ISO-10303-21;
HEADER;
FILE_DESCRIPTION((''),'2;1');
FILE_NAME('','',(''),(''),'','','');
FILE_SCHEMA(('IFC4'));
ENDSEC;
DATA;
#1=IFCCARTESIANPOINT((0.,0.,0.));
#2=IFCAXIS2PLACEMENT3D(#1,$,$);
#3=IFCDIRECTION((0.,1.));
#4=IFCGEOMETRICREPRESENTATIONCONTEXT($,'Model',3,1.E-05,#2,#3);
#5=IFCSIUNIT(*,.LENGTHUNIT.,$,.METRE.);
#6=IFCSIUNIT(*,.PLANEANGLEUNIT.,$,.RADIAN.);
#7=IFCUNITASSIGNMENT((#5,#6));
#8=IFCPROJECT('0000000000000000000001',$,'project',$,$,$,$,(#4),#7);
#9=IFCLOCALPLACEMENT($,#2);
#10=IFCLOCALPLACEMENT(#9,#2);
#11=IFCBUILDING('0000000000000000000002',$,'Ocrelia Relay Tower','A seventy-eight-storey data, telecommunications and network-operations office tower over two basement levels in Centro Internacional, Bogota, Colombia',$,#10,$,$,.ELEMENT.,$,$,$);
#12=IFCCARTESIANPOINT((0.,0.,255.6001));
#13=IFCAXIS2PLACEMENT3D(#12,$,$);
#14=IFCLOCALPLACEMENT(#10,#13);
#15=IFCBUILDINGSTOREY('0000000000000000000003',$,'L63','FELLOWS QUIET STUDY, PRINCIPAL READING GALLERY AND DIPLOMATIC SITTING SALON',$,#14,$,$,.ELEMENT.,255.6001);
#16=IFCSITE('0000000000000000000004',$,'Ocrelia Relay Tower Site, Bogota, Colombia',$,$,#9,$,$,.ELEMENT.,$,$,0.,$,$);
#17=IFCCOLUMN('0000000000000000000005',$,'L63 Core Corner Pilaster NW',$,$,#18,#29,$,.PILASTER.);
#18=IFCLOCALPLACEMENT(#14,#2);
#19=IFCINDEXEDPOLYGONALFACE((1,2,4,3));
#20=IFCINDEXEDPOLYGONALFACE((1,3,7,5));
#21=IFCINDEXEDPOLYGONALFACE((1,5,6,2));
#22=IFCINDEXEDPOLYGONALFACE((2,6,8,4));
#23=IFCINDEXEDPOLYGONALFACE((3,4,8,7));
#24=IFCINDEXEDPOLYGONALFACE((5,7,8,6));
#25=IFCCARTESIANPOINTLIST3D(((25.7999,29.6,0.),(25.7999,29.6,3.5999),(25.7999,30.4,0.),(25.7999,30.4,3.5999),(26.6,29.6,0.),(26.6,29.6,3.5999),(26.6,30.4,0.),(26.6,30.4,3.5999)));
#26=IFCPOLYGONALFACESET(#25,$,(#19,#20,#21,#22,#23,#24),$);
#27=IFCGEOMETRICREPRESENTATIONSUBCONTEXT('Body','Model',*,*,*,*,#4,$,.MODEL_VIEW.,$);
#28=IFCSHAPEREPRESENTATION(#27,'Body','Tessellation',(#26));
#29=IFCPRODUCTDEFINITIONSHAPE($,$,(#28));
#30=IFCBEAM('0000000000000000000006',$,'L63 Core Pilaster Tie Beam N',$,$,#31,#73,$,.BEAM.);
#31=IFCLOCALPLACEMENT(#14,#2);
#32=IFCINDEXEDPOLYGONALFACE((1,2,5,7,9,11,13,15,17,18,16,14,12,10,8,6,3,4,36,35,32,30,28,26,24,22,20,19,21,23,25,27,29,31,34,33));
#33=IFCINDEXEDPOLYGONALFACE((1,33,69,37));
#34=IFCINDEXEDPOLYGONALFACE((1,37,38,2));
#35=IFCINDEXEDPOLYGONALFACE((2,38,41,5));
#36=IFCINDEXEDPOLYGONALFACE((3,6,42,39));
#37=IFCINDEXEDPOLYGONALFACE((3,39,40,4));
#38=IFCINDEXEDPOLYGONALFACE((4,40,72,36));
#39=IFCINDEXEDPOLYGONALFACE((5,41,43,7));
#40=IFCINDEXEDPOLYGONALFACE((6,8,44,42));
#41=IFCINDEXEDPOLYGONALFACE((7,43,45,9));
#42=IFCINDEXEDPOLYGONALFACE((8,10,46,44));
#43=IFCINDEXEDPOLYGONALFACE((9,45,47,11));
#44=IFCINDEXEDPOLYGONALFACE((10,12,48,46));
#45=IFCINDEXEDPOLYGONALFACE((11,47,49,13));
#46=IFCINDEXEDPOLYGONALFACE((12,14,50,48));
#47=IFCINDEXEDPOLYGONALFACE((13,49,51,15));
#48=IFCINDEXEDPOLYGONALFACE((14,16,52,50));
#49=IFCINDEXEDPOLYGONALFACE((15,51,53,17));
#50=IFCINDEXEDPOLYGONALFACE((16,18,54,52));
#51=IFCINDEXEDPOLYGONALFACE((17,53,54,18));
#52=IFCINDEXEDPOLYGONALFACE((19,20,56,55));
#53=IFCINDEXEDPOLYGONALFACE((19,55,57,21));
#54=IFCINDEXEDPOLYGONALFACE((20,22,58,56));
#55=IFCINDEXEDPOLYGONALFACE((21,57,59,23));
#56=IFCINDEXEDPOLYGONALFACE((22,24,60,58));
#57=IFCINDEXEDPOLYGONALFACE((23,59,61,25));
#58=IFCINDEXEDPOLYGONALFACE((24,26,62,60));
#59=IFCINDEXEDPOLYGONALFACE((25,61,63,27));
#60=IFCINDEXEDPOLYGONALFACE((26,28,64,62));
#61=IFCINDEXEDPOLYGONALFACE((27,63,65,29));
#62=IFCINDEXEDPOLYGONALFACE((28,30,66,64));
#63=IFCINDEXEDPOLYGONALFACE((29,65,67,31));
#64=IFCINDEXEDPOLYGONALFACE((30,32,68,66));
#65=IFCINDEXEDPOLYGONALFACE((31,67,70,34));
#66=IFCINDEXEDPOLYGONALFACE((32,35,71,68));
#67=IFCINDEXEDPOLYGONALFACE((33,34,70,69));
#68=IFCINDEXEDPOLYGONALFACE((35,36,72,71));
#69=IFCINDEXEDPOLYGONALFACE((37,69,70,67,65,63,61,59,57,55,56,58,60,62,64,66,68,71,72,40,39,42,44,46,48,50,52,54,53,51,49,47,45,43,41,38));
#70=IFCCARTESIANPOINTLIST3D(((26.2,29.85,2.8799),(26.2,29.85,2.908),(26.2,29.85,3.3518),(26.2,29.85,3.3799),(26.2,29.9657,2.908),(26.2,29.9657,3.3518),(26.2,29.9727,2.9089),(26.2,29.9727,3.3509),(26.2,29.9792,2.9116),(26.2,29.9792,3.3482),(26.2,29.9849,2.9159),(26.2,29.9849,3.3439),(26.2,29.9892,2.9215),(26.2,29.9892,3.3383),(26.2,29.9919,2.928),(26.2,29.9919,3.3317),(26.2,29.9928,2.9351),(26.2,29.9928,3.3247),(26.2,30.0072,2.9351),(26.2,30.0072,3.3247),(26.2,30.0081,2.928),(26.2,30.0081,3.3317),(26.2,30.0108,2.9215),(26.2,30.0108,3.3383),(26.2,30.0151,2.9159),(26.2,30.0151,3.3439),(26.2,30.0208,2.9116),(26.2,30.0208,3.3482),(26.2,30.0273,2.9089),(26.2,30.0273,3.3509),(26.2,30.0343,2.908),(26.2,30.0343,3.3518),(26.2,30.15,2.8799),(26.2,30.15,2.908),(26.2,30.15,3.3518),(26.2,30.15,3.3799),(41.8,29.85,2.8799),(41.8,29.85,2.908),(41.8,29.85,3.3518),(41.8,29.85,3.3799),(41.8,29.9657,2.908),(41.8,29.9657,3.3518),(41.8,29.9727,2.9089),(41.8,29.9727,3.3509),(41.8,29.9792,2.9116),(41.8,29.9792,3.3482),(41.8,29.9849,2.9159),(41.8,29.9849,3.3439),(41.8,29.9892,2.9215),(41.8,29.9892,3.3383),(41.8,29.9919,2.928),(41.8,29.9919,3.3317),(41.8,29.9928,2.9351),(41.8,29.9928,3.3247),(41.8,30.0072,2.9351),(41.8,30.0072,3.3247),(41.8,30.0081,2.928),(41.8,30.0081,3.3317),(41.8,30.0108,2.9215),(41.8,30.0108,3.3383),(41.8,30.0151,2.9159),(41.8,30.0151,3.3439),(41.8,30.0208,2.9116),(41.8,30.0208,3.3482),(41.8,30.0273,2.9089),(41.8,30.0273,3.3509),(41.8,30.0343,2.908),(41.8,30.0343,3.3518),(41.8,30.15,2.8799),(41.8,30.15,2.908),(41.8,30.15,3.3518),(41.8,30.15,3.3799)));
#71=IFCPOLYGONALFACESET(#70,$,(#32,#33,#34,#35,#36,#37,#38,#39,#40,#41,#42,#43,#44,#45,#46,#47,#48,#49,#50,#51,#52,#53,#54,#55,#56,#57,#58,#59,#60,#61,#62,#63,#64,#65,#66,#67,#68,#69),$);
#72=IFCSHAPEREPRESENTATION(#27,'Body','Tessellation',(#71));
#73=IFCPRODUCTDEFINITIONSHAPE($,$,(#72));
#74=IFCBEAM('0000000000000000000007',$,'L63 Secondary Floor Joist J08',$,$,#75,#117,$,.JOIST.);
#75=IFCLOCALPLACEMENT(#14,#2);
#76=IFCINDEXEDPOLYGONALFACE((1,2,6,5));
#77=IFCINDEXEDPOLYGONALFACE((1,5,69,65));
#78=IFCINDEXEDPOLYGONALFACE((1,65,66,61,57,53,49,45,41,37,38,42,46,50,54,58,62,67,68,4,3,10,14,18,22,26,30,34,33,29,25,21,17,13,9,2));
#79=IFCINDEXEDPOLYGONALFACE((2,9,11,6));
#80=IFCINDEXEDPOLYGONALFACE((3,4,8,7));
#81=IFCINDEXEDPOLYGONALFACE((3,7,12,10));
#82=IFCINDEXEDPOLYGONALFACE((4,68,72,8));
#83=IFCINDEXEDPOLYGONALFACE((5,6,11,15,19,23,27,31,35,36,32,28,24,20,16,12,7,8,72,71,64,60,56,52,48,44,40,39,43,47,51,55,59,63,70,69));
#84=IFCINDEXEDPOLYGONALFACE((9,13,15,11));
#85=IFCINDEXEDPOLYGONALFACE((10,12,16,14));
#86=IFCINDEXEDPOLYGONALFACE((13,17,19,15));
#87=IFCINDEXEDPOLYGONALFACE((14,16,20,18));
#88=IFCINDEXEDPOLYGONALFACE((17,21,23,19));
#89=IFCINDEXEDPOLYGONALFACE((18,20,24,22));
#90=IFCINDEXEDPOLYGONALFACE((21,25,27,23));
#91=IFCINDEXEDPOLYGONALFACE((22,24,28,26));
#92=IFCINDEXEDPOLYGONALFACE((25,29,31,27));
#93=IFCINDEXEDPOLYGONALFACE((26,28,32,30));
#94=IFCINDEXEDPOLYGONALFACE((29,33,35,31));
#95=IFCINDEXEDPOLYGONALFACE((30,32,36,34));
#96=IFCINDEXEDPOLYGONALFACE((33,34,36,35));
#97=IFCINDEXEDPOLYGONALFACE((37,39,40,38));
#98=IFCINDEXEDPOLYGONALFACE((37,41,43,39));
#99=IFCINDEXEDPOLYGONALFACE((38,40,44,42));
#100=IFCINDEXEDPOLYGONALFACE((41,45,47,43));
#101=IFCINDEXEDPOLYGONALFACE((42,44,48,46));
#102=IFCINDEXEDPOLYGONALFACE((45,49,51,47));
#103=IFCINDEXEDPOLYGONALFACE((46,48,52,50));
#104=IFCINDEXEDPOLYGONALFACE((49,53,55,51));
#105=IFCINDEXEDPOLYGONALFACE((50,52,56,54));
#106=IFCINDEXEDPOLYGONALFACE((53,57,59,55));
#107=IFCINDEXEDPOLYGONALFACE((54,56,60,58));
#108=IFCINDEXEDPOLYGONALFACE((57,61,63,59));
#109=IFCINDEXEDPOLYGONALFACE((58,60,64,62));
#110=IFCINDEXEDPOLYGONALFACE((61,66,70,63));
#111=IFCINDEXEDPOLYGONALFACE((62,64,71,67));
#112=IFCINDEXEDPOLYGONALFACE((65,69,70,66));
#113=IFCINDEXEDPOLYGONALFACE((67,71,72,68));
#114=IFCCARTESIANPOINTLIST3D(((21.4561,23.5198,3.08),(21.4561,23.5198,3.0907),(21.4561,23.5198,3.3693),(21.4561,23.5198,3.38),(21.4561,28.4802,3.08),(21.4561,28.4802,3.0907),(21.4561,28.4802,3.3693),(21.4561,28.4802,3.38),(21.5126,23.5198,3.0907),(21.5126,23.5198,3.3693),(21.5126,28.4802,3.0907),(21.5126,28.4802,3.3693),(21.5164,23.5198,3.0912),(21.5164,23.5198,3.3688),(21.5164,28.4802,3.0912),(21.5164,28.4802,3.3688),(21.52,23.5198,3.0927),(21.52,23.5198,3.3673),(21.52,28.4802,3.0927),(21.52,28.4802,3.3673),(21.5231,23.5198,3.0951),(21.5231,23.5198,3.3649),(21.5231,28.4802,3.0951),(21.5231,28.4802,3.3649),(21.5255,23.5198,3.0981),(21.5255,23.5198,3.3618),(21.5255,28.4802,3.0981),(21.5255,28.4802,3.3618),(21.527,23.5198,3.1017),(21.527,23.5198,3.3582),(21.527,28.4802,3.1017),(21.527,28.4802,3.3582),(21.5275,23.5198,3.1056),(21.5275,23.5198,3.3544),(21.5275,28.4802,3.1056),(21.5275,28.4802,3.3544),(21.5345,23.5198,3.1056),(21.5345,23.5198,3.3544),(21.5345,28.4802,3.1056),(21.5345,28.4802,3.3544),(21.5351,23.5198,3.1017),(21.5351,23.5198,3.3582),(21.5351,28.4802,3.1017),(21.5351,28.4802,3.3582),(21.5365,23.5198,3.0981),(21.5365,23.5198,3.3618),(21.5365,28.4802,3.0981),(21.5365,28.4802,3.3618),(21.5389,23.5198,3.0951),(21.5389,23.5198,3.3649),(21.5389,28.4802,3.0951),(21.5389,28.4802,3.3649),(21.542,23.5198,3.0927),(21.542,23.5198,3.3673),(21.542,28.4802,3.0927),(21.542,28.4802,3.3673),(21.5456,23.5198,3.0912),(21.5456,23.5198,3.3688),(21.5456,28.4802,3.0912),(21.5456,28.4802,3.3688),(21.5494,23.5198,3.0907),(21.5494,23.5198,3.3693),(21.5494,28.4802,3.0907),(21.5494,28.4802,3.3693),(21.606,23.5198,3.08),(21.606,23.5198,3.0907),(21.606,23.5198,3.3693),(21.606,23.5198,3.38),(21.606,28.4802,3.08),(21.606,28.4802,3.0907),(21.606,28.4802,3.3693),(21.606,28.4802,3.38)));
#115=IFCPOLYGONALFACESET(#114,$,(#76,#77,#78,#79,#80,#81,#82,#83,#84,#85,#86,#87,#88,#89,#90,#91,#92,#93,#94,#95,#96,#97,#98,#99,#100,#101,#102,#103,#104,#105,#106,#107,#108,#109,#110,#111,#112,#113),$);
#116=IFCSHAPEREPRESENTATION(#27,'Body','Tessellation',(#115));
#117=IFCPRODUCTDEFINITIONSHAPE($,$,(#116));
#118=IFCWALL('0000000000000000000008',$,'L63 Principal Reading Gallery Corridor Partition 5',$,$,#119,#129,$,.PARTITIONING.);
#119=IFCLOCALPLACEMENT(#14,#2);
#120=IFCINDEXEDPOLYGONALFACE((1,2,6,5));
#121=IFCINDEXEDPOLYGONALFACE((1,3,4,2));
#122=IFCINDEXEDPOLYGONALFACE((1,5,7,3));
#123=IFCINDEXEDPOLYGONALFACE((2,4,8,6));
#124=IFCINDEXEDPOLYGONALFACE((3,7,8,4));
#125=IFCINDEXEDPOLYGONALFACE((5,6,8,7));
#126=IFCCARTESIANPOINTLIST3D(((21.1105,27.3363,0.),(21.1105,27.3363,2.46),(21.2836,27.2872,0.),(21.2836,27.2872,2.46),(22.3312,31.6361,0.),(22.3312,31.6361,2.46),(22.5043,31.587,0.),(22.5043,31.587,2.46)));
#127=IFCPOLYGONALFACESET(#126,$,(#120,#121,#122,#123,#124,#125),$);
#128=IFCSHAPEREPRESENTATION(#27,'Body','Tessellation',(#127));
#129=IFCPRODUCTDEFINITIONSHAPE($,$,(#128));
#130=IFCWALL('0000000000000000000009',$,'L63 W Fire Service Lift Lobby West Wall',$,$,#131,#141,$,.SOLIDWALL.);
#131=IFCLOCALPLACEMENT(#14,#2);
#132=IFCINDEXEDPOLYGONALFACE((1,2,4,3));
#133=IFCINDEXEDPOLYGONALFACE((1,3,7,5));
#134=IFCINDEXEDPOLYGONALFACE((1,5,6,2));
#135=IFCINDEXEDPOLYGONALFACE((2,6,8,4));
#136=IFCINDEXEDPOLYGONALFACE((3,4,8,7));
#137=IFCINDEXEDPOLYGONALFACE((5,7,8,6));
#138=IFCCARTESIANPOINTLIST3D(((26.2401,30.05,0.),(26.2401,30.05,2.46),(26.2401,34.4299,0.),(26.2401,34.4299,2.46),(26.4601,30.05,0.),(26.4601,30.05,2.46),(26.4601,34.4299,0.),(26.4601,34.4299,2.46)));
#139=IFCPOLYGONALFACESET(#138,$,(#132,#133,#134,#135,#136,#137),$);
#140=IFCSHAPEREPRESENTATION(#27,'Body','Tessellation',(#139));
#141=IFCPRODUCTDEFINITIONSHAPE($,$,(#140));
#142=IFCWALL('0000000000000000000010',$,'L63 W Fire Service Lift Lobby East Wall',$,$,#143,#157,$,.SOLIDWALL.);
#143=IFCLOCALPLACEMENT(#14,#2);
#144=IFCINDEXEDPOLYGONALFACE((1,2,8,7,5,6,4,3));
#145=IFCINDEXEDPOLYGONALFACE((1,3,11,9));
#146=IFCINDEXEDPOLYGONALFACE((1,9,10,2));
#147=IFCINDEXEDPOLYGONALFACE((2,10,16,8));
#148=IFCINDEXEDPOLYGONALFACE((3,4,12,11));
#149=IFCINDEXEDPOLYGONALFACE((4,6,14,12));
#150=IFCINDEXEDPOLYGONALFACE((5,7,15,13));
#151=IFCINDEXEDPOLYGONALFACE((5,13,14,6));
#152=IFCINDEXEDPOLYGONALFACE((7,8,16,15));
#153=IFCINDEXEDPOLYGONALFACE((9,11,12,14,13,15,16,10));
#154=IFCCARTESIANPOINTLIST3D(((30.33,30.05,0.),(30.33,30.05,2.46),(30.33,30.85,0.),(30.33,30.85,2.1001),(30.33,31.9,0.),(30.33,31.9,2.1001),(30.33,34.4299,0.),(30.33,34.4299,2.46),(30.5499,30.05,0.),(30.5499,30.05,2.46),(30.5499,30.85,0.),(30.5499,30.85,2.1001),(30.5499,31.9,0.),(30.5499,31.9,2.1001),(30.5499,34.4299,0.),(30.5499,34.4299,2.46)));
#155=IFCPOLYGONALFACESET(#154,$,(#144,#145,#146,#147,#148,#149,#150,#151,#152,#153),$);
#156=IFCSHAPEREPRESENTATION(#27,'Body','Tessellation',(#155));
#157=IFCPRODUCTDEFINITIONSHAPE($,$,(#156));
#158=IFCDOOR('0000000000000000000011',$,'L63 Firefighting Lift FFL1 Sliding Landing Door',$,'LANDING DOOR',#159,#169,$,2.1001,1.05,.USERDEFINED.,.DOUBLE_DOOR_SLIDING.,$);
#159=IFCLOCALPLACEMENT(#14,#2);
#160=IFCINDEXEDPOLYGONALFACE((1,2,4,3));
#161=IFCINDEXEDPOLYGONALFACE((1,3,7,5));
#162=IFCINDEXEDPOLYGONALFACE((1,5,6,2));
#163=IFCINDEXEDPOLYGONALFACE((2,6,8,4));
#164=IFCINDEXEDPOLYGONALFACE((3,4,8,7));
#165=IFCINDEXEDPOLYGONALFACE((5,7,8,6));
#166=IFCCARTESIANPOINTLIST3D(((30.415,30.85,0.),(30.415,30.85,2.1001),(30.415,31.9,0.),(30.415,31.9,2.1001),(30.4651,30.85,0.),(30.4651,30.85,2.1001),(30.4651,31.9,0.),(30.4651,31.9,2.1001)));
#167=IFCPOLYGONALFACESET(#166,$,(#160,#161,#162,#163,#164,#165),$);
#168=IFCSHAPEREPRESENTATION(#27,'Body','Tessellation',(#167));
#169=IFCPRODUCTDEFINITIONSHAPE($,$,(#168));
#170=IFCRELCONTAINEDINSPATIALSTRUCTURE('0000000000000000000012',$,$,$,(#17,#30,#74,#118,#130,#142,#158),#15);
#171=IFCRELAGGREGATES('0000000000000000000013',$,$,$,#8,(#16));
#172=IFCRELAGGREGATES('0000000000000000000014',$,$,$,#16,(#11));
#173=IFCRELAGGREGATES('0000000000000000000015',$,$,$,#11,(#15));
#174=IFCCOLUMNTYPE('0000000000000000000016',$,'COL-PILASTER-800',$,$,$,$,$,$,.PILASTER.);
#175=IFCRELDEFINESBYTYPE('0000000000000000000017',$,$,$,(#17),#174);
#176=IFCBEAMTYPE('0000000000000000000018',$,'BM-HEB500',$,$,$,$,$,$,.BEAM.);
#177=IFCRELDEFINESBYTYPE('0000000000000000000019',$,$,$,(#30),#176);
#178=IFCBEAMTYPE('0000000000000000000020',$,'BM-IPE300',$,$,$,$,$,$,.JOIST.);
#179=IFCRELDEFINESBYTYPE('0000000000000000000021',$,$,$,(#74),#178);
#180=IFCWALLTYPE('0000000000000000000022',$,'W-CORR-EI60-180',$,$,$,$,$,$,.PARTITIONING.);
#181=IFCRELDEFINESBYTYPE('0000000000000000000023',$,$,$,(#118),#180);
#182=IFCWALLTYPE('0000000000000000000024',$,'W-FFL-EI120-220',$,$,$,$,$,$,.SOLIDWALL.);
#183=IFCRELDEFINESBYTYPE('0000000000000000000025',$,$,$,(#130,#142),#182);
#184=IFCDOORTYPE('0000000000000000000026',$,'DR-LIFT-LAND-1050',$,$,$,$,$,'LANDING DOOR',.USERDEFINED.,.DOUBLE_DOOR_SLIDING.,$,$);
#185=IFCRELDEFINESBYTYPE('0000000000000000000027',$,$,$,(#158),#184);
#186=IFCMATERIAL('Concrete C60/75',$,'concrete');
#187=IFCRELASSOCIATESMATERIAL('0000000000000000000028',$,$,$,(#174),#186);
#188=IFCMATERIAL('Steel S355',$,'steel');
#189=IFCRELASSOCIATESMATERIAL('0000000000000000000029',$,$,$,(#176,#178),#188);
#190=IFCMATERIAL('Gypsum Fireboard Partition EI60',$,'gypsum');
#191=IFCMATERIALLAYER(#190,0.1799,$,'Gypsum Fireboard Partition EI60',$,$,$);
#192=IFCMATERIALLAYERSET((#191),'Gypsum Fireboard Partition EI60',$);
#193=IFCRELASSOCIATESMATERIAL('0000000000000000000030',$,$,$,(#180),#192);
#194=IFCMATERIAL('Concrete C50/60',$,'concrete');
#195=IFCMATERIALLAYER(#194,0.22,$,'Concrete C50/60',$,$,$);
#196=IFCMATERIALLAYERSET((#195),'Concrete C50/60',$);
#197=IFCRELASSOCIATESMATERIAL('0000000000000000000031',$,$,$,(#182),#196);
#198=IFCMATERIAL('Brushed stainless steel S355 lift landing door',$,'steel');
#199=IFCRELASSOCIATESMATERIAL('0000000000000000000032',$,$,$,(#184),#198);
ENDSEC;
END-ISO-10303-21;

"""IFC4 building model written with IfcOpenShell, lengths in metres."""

from ifc_helpers import new_model, si_unit, direction, frame, frame_2d, origin, origin_2d, place, context, subcontext, project, spatial, rectangle, i_section, extrude, material, layer, layer_set, material_profile, profile_set, type_object, element, fill, save


model = new_model("IFC4")

# Units and contexts
model_context = context("Model", 3, precision=1e-05, world=origin(), true_north=direction((0.0, 1.0)))
body_context = subcontext(model_context, "Body", "Model", "MODEL_VIEW")
ifc_project = project(units=[si_unit("LENGTHUNIT", "METRE"), si_unit("PLANEANGLEUNIT", "RADIAN")], contexts=[model_context])

# Site, building, storey
site_placement = place(None, origin())
site = spatial("IfcSite", under=ifc_project, at=site_placement, Name="Ocrelia Relay Tower Site, Bogota, Colombia", CompositionType="ELEMENT", RefElevation=0.0)
building_placement = place(site_placement, origin())
building = spatial("IfcBuilding", under=site, at=building_placement, Name="Ocrelia Relay Tower", Description="A seventy-eight-storey data, telecommunications and network-operations office tower over two basement levels in Centro Internacional, Bogota, Colombia", CompositionType="ELEMENT")
storey_placement = place(building_placement, frame((0.0, 0.0, 255.6001)))
storey = spatial("IfcBuildingStorey", under=building, at=storey_placement, Name="L63", Description="FELLOWS QUIET STUDY, PRINCIPAL READING GALLERY AND DIPLOMATIC SITTING SALON", CompositionType="ELEMENT", Elevation=255.6001)

# Column
ifc_material_1 = material(Name="Concrete C60/75", Category="concrete")
ifc_material_profile_1 = material_profile(ifc_material_1, rectangle(XDim=0.8, YDim=0.8, at=origin_2d()), Name="RC-COL-800x800")
ifc_profile_set_1 = profile_set([ifc_material_profile_1], Name="Concrete C60/75")
column_type = type_object("IfcColumnType", Name="COL-PILASTER-800", PredefinedType="PILASTER", material=ifc_profile_set_1)
column_placement = place(storey_placement, frame((26.2, 30.0, 0.0), z_axis=(0.0, 0.0, 1.0), x_axis=(1.0, 0.0, 0.0)))
element("IfcColumn", 1, at=column_placement, inside=storey, type_object=column_type, Name="L63 Core Corner Pilaster NW", PredefinedType="PILASTER", context=body_context, shape_type="SweptSolid", body=[
    extrude(rectangle(XDim=0.8, YDim=0.8, at=origin_2d()), origin(), (0.0, 0.0, 1.0), 3.5999),
])

# Beams
ifc_material_2 = material(Name="Steel S355", Category="steel")
ifc_material_profile_2 = material_profile(ifc_material_2, i_section(OverallWidth=0.3, OverallDepth=0.5, WebThickness=0.0144, FlangeThickness=0.0281, FilletRadius=0.0271, at=origin_2d()), Name="HEB 500")
ifc_profile_set_2 = profile_set([ifc_material_profile_2], Name="Steel S355")
beam_type_1 = type_object("IfcBeamType", Name="BM-HEB500", PredefinedType="BEAM", material=ifc_profile_set_2)
beam_1_placement = place(storey_placement, frame((26.2, 30.0, 3.1299), z_axis=(1.0, 0.0, 0.0), x_axis=(0.0, 1.0, 0.0)))
element("IfcBeam", 2, at=beam_1_placement, inside=storey, type_object=beam_type_1, Name="L63 Core Pilaster Tie Beam N", PredefinedType="BEAM", context=body_context, shape_type="SweptSolid", body=[
    extrude(i_section(OverallWidth=0.3, OverallDepth=0.5, WebThickness=0.0144, FlangeThickness=0.0281, FilletRadius=0.0271, at=origin_2d()), origin(), (0.0, 0.0, 1.0), 15.6001),
])
ifc_material_profile_3 = material_profile(ifc_material_2, i_section(OverallWidth=0.1499, OverallDepth=0.3, WebThickness=0.0071, FlangeThickness=0.0107, FilletRadius=0.0149, at=origin_2d()), Name="IPE 300")
ifc_profile_set_3 = profile_set([ifc_material_profile_3], Name="Steel S355")
beam_type_2 = type_object("IfcBeamType", Name="BM-IPE300", PredefinedType="JOIST", material=ifc_profile_set_3)
beam_2_placement = place(storey_placement, frame((21.531, 28.4802, 3.23), z_axis=(0.0, -1.0, 0.0), x_axis=(1.0, 0.0, 0.0)))
element("IfcBeam", 3, at=beam_2_placement, inside=storey, type_object=beam_type_2, Name="L63 Secondary Floor Joist J08", PredefinedType="JOIST", context=body_context, shape_type="SweptSolid", body=[
    extrude(i_section(OverallWidth=0.1499, OverallDepth=0.3, WebThickness=0.0071, FlangeThickness=0.0107, FilletRadius=0.0149, at=origin_2d()), origin(), (0.0, 0.0, 1.0), 4.9604),
])

# Shared definitions
ifc_material_3 = material(Name="Concrete C50/60", Category="concrete")

# Shared definitions
ifc_material_4 = material(Name="Gypsum Fireboard Partition EI60", Category="gypsum")
ifc_layer_1 = layer(ifc_material_4, 0.1799, Name="Gypsum Fireboard Partition EI60")
ifc_layer_set_1 = layer_set([ifc_layer_1], Name="Gypsum Fireboard Partition EI60")
wall_type_1 = type_object("IfcWallType", Name="W-CORR-EI60-180", PredefinedType="PARTITIONING", material=ifc_layer_set_1)

# Walls
wall_1_placement = place(storey_placement, frame((22.4177, 31.6116, 0.0), z_axis=(0.0, 0.0, 1.0), x_axis=(-0.273105, -0.961984, 0.0)))
element("IfcWall", 4, at=wall_1_placement, inside=storey, type_object=wall_type_1, Name="L63 Principal Reading Gallery Corridor Partition 5", PredefinedType="PARTITIONING", context=body_context, shape_type="SweptSolid", body=[
    extrude(rectangle(XDim=4.4697, YDim=0.1799, at=frame_2d((2.2349, 0.0))), origin(), (0.0, 0.0, 1.0), 2.46),
])
ifc_layer_2 = layer(ifc_material_3, 0.22, Name="Concrete C50/60")
ifc_layer_set_2 = layer_set([ifc_layer_2], Name="Concrete C50/60")
wall_type_2 = type_object("IfcWallType", Name="W-FFL-EI120-220", PredefinedType="SOLIDWALL", material=ifc_layer_set_2)
wall_2_placement = place(storey_placement, frame((26.3501, 30.05, 0.0), z_axis=(0.0, 0.0, 1.0), x_axis=(0.0, 1.0, 0.0)))
element("IfcWall", 5, at=wall_2_placement, inside=storey, type_object=wall_type_2, Name="L63 W Fire Service Lift Lobby West Wall", PredefinedType="SOLIDWALL", context=body_context, shape_type="SweptSolid", body=[
    extrude(rectangle(XDim=4.3799, YDim=0.22, at=frame_2d((2.1899, 0.0))), origin(), (0.0, 0.0, 1.0), 2.46),
])

# Wall, opening, door
wall_3_placement = place(storey_placement, frame((30.4399, 30.05, 0.0), z_axis=(0.0, 0.0, 1.0), x_axis=(0.0, 1.0, 0.0)))
wall_3 = element("IfcWall", 6, at=wall_3_placement, inside=storey, type_object=wall_type_2, Name="L63 W Fire Service Lift Lobby East Wall", PredefinedType="SOLIDWALL", context=body_context, shape_type="SweptSolid", body=[
    extrude(rectangle(XDim=4.3799, YDim=0.22, at=frame_2d((2.1899, 0.0))), origin(), (0.0, 0.0, 1.0), 2.46),
])
opening_1_placement = place(wall_3_placement, frame((0.8, 0.0, 0.0)))
opening_1 = element("IfcOpeningElement", 7, at=opening_1_placement, cuts=wall_3, PredefinedType="OPENING", context=body_context, shape_type="SweptSolid", body=[
    extrude(rectangle(XDim=1.05, YDim=2.1001, at=frame_2d((0.5249, 1.05))), frame((0.0, 0.1201, 0.0), z_axis=(0.0, -1.0, 0.0), x_axis=(1.0, 0.0, 0.0)), (0.0, 0.0, 1.0), 0.24),
])
ifc_material_5 = material(Name="Brushed stainless steel S355 lift landing door", Category="steel")
door_type_1 = type_object("IfcDoorType", Name="DR-LIFT-LAND-1050", ElementType="LANDING DOOR", OperationType="DOUBLE_DOOR_SLIDING", PredefinedType="USERDEFINED", material=ifc_material_5)
door_1_placement = place(opening_1_placement, origin())
door_1 = element("IfcDoor", 8, at=door_1_placement, inside=storey, type_object=door_type_1, Name="L63 Firefighting Lift FFL1 Sliding Landing Door", ObjectType="LANDING DOOR", OperationType="DOUBLE_DOOR_SLIDING", OverallHeight=2.1001, OverallWidth=1.05, PredefinedType="USERDEFINED", context=body_context, shape_type="SweptSolid", body=[
    extrude(rectangle(XDim=1.05, YDim=2.1001, at=frame_2d((0.5249, 1.05))), frame((0.0, 0.0249, 0.0), z_axis=(0.0, -1.0, 0.0), x_axis=(1.0, 0.0, 0.0)), (0.0, 0.0, 1.0), 0.05),
])
fill(opening_1, door_1)

save(model, "model.ifc")
